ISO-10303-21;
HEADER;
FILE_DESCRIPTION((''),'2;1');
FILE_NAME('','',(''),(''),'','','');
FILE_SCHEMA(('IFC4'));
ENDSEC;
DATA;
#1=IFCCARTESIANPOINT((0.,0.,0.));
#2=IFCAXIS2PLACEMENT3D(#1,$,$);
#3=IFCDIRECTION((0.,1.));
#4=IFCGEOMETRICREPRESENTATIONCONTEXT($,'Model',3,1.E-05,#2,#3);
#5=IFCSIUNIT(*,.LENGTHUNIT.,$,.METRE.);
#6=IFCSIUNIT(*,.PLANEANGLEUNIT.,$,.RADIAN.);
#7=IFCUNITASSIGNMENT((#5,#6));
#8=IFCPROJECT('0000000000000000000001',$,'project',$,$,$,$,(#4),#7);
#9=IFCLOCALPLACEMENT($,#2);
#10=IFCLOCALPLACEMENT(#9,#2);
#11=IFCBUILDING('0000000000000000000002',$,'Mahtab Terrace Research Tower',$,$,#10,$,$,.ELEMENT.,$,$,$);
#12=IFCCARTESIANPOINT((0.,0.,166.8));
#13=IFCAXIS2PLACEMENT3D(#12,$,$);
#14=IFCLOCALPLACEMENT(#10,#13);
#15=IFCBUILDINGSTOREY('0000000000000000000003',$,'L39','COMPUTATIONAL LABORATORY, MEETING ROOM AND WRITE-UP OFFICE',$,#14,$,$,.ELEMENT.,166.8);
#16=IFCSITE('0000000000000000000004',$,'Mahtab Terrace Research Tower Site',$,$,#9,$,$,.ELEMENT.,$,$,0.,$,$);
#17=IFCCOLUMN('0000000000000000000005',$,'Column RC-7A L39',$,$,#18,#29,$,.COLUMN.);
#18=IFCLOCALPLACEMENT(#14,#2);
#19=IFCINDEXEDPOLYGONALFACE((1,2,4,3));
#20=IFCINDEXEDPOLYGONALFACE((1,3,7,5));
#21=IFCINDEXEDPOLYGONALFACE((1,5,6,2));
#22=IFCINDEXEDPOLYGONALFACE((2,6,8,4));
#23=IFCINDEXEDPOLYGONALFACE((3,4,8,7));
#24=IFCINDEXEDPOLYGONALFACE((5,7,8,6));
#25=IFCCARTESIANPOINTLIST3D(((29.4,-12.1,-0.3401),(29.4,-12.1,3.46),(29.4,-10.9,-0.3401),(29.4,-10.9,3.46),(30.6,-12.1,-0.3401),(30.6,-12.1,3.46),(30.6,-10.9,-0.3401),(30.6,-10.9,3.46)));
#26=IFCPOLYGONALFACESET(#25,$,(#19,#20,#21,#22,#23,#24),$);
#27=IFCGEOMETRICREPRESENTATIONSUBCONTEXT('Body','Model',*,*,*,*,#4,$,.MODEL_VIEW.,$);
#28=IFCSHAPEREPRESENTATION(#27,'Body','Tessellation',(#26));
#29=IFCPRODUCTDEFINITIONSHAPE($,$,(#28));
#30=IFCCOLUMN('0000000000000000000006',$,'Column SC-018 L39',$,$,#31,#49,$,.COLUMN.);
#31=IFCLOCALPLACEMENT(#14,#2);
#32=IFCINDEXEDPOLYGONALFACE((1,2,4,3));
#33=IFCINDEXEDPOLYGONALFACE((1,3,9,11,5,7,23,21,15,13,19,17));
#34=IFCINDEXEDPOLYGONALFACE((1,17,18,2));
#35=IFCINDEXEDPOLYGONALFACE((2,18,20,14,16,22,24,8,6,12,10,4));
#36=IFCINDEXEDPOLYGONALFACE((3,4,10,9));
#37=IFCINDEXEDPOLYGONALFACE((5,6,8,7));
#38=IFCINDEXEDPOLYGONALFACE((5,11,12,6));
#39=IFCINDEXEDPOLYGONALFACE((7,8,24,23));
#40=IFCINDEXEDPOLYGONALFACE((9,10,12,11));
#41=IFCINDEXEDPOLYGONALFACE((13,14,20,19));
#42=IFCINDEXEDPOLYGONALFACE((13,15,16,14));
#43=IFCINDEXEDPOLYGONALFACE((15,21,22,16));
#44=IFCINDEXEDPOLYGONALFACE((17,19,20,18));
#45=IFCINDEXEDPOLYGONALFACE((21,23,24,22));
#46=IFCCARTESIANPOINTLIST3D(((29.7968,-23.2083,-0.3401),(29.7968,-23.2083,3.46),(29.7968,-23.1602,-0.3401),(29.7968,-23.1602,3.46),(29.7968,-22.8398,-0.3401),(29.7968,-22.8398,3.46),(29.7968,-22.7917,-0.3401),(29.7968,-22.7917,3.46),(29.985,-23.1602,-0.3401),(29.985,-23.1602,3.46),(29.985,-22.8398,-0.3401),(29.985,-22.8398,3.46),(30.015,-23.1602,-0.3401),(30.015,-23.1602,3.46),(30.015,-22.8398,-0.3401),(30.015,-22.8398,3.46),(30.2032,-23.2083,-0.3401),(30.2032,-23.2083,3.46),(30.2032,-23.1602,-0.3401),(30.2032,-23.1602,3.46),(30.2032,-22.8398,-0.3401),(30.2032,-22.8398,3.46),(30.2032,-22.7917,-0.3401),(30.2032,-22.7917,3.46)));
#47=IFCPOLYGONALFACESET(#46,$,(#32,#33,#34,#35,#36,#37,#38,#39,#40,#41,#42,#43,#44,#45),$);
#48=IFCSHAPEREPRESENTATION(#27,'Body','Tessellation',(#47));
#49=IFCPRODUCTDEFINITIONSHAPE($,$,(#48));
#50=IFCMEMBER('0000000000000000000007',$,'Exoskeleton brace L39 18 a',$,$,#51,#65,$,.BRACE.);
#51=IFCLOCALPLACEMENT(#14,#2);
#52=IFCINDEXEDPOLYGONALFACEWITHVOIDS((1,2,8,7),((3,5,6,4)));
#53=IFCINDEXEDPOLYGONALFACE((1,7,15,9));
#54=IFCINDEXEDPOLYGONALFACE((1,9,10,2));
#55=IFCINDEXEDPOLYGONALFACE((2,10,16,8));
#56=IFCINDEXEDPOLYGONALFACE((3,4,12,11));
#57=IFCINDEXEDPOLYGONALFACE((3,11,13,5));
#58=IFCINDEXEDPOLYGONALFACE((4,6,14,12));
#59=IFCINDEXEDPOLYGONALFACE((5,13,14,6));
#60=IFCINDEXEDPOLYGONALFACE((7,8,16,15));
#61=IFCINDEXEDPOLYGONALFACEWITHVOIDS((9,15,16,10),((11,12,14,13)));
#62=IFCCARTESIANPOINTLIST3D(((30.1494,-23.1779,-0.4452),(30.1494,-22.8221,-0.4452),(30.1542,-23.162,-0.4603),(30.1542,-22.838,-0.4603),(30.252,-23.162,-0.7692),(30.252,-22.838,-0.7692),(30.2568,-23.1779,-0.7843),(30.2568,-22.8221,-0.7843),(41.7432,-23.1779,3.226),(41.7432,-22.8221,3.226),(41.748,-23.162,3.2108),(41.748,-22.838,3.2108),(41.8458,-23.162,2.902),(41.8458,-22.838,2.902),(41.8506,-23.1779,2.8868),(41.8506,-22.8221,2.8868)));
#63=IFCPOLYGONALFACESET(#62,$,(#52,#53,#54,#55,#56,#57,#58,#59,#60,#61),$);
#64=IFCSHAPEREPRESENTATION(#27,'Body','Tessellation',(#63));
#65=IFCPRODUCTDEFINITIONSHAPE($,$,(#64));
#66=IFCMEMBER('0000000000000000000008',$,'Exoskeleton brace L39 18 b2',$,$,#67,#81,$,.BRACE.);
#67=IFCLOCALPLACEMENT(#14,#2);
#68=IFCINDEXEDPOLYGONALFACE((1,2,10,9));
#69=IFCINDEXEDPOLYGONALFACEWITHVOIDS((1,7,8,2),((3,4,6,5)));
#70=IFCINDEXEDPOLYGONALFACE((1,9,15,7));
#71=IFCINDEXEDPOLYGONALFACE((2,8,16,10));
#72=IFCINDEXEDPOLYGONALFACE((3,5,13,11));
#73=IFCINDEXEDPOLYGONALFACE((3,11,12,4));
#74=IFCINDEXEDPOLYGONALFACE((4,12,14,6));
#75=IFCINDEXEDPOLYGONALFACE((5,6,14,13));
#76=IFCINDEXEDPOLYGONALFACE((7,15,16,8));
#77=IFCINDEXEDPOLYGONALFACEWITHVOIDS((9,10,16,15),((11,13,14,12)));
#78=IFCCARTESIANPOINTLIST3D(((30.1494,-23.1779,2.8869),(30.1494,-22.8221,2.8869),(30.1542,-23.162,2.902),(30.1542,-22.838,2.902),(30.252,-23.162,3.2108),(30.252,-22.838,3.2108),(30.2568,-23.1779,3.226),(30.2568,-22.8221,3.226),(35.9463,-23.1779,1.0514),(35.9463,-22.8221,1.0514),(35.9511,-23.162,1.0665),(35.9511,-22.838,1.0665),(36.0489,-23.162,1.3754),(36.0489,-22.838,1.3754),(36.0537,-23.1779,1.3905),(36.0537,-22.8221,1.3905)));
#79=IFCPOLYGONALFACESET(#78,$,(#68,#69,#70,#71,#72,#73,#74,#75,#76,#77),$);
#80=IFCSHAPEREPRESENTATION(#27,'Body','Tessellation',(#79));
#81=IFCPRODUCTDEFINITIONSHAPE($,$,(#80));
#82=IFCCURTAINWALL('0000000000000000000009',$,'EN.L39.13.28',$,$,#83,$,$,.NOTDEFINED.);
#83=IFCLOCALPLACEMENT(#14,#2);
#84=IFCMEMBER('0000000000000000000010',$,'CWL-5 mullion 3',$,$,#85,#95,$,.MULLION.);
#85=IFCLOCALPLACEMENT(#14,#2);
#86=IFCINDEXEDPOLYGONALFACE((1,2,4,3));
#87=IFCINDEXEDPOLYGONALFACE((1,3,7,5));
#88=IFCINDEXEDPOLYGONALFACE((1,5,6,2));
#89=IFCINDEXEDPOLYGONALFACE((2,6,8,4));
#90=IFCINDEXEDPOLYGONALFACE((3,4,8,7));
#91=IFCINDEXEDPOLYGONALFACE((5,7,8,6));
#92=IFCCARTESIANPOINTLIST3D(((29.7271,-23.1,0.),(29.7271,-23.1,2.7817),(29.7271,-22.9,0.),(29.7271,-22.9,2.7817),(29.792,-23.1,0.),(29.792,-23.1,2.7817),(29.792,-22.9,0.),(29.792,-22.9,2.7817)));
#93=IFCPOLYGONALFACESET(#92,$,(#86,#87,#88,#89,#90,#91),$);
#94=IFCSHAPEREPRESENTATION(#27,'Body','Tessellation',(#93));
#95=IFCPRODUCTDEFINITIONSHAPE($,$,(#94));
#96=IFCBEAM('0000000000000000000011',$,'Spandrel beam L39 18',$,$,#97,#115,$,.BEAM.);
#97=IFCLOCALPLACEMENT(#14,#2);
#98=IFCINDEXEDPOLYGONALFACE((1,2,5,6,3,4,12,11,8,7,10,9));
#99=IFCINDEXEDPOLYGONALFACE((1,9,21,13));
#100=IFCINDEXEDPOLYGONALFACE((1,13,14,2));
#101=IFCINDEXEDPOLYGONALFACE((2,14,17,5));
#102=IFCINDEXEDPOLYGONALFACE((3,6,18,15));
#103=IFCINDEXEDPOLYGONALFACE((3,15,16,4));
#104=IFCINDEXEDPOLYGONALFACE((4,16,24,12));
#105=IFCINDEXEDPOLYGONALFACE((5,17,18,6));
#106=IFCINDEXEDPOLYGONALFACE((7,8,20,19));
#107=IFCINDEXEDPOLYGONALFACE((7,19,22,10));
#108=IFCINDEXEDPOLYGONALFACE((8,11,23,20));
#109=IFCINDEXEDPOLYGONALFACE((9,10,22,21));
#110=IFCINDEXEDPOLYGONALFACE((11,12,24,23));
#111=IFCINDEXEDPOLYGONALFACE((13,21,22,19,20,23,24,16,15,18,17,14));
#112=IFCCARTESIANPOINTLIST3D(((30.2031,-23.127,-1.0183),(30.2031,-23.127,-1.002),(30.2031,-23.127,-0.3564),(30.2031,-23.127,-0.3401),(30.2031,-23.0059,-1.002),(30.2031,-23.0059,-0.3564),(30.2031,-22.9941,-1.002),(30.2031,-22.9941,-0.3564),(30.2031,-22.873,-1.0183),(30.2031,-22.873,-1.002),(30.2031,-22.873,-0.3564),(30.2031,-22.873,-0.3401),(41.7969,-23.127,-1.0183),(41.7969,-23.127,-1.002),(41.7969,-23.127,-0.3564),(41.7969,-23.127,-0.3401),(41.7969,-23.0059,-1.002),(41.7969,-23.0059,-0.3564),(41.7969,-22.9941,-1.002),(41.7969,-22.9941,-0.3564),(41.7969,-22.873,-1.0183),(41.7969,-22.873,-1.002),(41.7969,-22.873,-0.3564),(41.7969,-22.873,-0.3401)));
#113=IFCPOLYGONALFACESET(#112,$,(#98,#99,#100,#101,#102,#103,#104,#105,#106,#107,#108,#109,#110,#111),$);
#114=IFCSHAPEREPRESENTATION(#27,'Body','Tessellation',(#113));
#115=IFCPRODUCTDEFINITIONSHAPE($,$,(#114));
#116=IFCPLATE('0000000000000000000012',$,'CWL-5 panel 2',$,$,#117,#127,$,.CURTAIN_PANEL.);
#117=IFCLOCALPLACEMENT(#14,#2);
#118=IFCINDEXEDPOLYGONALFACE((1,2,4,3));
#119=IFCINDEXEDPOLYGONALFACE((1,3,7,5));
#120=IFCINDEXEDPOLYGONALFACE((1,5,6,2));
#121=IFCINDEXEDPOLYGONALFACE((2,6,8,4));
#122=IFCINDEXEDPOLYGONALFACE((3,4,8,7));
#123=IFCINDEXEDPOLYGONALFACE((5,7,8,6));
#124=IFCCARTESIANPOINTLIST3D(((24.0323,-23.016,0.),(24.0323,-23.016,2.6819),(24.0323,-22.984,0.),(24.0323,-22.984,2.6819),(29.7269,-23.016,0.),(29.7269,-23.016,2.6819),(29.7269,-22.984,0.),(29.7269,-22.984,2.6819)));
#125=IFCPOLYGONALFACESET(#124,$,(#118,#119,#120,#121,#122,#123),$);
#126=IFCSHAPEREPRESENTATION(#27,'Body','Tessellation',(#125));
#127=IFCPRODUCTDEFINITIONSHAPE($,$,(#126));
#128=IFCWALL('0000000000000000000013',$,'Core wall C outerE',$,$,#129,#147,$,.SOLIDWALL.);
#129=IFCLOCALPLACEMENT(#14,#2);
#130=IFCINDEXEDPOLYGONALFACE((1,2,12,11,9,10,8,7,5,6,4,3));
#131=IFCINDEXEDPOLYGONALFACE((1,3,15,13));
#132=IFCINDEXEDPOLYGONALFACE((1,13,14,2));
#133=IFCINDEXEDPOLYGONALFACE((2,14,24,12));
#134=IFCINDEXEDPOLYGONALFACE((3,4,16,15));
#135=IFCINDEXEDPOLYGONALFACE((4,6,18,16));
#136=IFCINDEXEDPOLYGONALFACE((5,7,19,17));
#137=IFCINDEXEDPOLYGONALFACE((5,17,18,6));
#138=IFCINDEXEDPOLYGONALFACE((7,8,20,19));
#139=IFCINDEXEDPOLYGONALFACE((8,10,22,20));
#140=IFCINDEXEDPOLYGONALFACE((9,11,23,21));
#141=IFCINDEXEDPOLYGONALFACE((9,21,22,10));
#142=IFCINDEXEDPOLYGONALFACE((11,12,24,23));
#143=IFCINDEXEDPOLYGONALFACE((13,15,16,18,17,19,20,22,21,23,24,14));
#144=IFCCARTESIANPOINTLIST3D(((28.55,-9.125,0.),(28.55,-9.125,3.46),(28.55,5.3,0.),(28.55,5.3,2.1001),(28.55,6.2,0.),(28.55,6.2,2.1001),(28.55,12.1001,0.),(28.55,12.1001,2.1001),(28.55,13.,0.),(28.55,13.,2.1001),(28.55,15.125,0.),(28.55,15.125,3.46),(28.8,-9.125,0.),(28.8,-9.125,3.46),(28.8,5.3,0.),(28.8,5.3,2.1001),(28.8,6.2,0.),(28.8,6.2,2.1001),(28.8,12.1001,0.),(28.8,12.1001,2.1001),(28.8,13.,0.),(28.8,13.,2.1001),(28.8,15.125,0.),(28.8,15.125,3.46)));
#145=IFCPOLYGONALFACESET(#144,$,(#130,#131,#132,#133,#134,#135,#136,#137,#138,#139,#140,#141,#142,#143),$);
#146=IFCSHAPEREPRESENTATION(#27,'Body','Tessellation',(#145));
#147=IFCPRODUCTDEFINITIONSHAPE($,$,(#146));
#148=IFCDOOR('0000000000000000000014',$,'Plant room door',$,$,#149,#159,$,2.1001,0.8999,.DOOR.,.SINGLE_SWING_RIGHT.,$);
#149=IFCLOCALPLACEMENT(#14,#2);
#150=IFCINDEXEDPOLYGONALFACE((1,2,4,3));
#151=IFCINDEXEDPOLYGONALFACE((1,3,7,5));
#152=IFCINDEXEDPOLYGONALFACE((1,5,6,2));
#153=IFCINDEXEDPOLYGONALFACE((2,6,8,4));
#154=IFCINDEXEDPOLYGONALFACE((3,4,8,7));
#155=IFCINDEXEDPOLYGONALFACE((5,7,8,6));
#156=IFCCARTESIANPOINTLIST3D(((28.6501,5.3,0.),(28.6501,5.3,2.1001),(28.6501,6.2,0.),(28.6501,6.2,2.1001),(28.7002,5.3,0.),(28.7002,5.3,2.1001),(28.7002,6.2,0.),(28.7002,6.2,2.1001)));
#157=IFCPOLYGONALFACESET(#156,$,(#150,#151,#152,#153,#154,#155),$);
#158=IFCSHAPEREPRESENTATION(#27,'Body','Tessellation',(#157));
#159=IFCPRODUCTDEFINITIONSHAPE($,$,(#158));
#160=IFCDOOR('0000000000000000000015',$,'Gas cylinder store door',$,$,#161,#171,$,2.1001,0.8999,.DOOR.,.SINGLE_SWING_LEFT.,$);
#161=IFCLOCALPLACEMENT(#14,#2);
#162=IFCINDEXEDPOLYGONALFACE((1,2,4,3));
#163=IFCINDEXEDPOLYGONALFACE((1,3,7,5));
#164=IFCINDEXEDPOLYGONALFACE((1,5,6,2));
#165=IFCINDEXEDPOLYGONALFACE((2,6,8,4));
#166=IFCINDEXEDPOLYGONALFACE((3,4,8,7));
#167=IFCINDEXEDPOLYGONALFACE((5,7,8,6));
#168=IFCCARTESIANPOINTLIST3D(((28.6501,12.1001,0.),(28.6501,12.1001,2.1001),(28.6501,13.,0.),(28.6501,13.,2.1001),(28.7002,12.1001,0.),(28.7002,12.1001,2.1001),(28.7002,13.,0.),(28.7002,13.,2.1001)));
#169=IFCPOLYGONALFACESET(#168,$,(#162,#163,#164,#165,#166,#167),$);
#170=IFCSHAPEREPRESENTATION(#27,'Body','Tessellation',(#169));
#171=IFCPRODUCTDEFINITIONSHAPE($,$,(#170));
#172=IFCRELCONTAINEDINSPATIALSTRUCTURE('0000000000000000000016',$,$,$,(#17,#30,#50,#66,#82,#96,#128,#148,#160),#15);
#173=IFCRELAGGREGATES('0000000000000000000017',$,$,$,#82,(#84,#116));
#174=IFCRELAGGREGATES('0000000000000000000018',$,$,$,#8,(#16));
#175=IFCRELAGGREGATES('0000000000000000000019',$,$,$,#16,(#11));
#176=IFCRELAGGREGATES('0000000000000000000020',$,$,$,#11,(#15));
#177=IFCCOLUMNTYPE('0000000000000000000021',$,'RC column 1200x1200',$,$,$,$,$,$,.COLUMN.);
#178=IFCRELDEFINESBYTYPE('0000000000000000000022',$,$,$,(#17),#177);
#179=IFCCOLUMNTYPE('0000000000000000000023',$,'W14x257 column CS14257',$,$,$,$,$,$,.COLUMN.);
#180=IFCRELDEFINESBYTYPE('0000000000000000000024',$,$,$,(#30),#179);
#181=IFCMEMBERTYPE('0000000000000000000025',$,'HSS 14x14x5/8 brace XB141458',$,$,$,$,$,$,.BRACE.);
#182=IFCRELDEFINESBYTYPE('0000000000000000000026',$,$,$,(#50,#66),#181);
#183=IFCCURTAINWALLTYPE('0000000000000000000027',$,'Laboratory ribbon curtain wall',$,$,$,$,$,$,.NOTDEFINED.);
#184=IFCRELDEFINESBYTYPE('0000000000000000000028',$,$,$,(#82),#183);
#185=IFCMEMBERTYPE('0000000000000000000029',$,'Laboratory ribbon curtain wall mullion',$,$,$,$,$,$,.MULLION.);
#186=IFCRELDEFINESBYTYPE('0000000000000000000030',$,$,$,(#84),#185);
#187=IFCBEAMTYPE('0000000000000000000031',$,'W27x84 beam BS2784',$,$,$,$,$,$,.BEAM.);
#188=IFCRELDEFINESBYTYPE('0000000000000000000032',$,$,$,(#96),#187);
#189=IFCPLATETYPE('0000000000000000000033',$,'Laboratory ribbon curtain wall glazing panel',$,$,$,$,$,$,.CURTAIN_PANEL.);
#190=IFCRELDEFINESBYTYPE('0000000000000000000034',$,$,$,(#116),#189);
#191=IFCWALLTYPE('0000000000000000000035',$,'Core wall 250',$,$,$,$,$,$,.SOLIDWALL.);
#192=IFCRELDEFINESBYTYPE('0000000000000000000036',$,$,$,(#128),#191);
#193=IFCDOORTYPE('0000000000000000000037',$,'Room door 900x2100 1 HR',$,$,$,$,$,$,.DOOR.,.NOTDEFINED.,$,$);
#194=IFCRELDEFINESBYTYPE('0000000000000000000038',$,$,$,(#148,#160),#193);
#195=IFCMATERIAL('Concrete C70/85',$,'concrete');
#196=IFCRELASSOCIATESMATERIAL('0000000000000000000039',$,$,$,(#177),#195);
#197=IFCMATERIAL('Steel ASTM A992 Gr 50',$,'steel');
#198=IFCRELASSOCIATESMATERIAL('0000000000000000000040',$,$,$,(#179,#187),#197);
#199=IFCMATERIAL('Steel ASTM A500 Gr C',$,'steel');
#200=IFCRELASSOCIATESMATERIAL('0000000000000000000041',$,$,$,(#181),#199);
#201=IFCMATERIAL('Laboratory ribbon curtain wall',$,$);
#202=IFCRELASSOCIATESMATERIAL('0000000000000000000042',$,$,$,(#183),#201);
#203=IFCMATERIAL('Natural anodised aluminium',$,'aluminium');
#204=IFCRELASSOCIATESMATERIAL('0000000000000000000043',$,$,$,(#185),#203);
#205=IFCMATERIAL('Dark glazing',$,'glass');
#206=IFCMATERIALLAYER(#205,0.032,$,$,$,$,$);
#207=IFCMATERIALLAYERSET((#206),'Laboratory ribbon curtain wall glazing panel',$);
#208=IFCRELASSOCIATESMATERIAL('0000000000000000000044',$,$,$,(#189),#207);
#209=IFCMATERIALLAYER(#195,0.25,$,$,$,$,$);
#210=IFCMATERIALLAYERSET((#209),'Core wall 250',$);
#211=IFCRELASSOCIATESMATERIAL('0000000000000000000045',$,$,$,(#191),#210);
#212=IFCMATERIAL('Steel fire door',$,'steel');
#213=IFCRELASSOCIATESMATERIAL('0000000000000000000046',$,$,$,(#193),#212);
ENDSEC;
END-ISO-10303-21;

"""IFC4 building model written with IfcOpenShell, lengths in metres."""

from ifc_helpers import new_model, si_unit, direction, frame, frame_2d, origin, origin_2d, place, context, subcontext, project, spatial, rectangle, hollow_rectangle, i_section, extrude, material, layer, layer_set, material_profile, profile_set, type_object, element, fill, aggregate, save


model = new_model("IFC4")

# Units and contexts
model_context = context("Model", 3, precision=1e-05, world=origin(), true_north=direction((0.0, 1.0)))
body_context = subcontext(model_context, "Body", "Model", "MODEL_VIEW")
ifc_project = project(units=[si_unit("LENGTHUNIT", "METRE"), si_unit("PLANEANGLEUNIT", "RADIAN")], contexts=[model_context])

# Site, building, storey
site_placement = place(None, origin())
site = spatial("IfcSite", under=ifc_project, at=site_placement, Name="Mahtab Terrace Research Tower Site", CompositionType="ELEMENT", RefElevation=0.0)
building_placement = place(site_placement, origin())
building = spatial("IfcBuilding", under=site, at=building_placement, Name="Mahtab Terrace Research Tower", CompositionType="ELEMENT")
storey_placement = place(building_placement, frame((0.0, 0.0, 166.8)))
storey = spatial("IfcBuildingStorey", under=building, at=storey_placement, Name="L39", Description="COMPUTATIONAL LABORATORY, MEETING ROOM AND WRITE-UP OFFICE", CompositionType="ELEMENT", Elevation=166.8)

# Columns
ifc_material_1 = material(Name="Concrete C70/85", Category="concrete")
ifc_material_profile_1 = material_profile(ifc_material_1, rectangle(XDim=1.2, YDim=1.2, at=origin_2d()), Name="RC column 1200x1200")
ifc_profile_set_1 = profile_set([ifc_material_profile_1], Name="Concrete C70/85")
column_type_1 = type_object("IfcColumnType", Name="RC column 1200x1200", PredefinedType="COLUMN", material=ifc_profile_set_1)
column_1_placement = place(storey_placement, frame((30.0, -11.5, -0.3401), z_axis=(0.0, 0.0, 1.0), x_axis=(1.0, 0.0, 0.0)))
element("IfcColumn", 1, at=column_1_placement, inside=storey, type_object=column_type_1, Name="Column RC-7A L39", PredefinedType="COLUMN", context=body_context, shape_type="SweptSolid", body=[
    extrude(rectangle(XDim=1.2, YDim=1.2, at=origin_2d()), origin(), (0.0, 0.0, 1.0), 3.8),
])
ifc_material_2 = material(Name="Steel ASTM A992 Gr 50", Category="steel")
ifc_material_profile_2 = material_profile(ifc_material_2, i_section(OverallWidth=0.4065, OverallDepth=0.4165, WebThickness=0.03, FlangeThickness=0.0481, at=origin_2d()), Name="W14X257")
ifc_profile_set_2 = profile_set([ifc_material_profile_2], Name="Steel ASTM A992 Gr 50")
column_type_2 = type_object("IfcColumnType", Name="W14x257 column CS14257", PredefinedType="COLUMN", material=ifc_profile_set_2)
column_2_placement = place(storey_placement, frame((30.0, -23.0, -0.3401), z_axis=(0.0, 0.0, 1.0), x_axis=(1.0, 0.0, 0.0)))
element("IfcColumn", 2, at=column_2_placement, inside=storey, type_object=column_type_2, Name="Column SC-018 L39", PredefinedType="COLUMN", context=body_context, shape_type="SweptSolid", body=[
    extrude(i_section(OverallWidth=0.4065, OverallDepth=0.4165, WebThickness=0.03, FlangeThickness=0.0481, at=origin_2d()), origin(), (0.0, 0.0, 1.0), 3.8),
])

# Members
ifc_material_3 = material(Name="Steel ASTM A500 Gr C", Category="steel")
ifc_material_profile_3 = material_profile(ifc_material_3, hollow_rectangle(XDim=0.3557, YDim=0.3557, WallThickness=0.0159, at=origin_2d()), Name="HSS14X14X5/8")
ifc_profile_set_3 = profile_set([ifc_material_profile_3], Name="Steel ASTM A500 Gr C")
member_type_1 = type_object("IfcMemberType", Name="HSS 14x14x5/8 brace XB141458", PredefinedType="BRACE", material=ifc_profile_set_3)
member_1_placement = place(storey_placement, frame((30.2031, -23.0, -0.6147), z_axis=(0.953347, 0.0, 0.301876), x_axis=(0.0, 1.0, 0.0)))
element("IfcMember", 3, at=member_1_placement, inside=storey, type_object=member_type_1, Name="Exoskeleton brace L39 18 a", PredefinedType="BRACE", context=body_context, shape_type="SweptSolid", body=[
    extrude(hollow_rectangle(XDim=0.3557, YDim=0.3557, WallThickness=0.0159, at=origin_2d()), origin(), (0.0, 0.0, 1.0), 12.1611),
])
member_2_placement = place(storey_placement, frame((36.0, -23.0, 1.2209), z_axis=(-0.953353, 0.0, 0.301858), x_axis=(0.0, -1.0, 0.0)))
element("IfcMember", 4, at=member_2_placement, inside=storey, type_object=member_type_1, Name="Exoskeleton brace L39 18 b2", PredefinedType="BRACE", context=body_context, shape_type="SweptSolid", body=[
    extrude(hollow_rectangle(XDim=0.3557, YDim=0.3557, WallThickness=0.0159, at=origin_2d()), origin(), (0.0, 0.0, 1.0), 6.0806),
])

# Curtain wall, member
ifc_material_4 = material(Name="Laboratory ribbon curtain wall")
curtain_wall_type = type_object("IfcCurtainWallType", Name="Laboratory ribbon curtain wall", PredefinedType="NOTDEFINED", material=ifc_material_4)
curtain_wall_placement = place(storey_placement, origin())
curtain_wall = element("IfcCurtainWall", 5, at=curtain_wall_placement, inside=storey, type_object=curtain_wall_type, Name="EN.L39.13.28", PredefinedType="NOTDEFINED")
ifc_material_5 = material(Name="Natural anodised aluminium", Category="aluminium")
ifc_material_profile_4 = material_profile(ifc_material_5, rectangle(XDim=0.2, YDim=0.0649, at=origin_2d()), Name="MULLION 65x200")
ifc_profile_set_4 = profile_set([ifc_material_profile_4], Name="Natural anodised aluminium")
member_type_2 = type_object("IfcMemberType", Name="Laboratory ribbon curtain wall mullion", PredefinedType="MULLION", material=ifc_profile_set_4)
member_3_placement = place(storey_placement, frame((29.7595, -23.0, 0.0), z_axis=(0.0, 0.0, 1.0), x_axis=(0.0, 1.0, 0.0)))
member_3 = element("IfcMember", 6, at=member_3_placement, type_object=member_type_2, Name="CWL-5 mullion 3", PredefinedType="MULLION", context=body_context, shape_type="SweptSolid", body=[
    extrude(rectangle(XDim=0.2, YDim=0.0649, at=origin_2d()), origin(), (0.0, 0.0, 1.0), 2.7817),
])

# Beam
ifc_material_profile_5 = material_profile(ifc_material_2, i_section(OverallWidth=0.2539, OverallDepth=0.6782, WebThickness=0.0117, FlangeThickness=0.0164, at=origin_2d()), Name="W27X84")
ifc_profile_set_5 = profile_set([ifc_material_profile_5], Name="Steel ASTM A992 Gr 50")
beam_type = type_object("IfcBeamType", Name="W27x84 beam BS2784", PredefinedType="BEAM", material=ifc_profile_set_5)
beam_placement = place(storey_placement, frame((30.2031, -23.0, -0.6792), z_axis=(1.0, 0.0, 0.0), x_axis=(0.0, 1.0, 0.0)))
element("IfcBeam", 7, at=beam_placement, inside=storey, type_object=beam_type, Name="Spandrel beam L39 18", PredefinedType="BEAM", context=body_context, shape_type="SweptSolid", body=[
    extrude(i_section(OverallWidth=0.2539, OverallDepth=0.6782, WebThickness=0.0117, FlangeThickness=0.0164, at=origin_2d()), origin(), (0.0, 0.0, 1.0), 11.5938),
])

# Plate
ifc_material_6 = material(Name="Dark glazing", Category="glass")
ifc_layer_1 = layer(ifc_material_6, 0.032)
ifc_layer_set_1 = layer_set([ifc_layer_1], Name="Laboratory ribbon curtain wall glazing panel")
plate_type = type_object("IfcPlateType", Name="Laboratory ribbon curtain wall glazing panel", PredefinedType="CURTAIN_PANEL", material=ifc_layer_set_1)
plate_placement = place(storey_placement, frame((26.8796, -23.0, 0.0), z_axis=(0.0, 0.0, 1.0), x_axis=(1.0, 0.0, 0.0)))
plate = element("IfcPlate", 8, at=plate_placement, type_object=plate_type, Name="CWL-5 panel 2", PredefinedType="CURTAIN_PANEL", context=body_context, shape_type="SweptSolid", body=[
    extrude(rectangle(XDim=5.6946, YDim=0.032, at=origin_2d()), origin(), (0.0, 0.0, 1.0), 2.6819),
])
aggregate(curtain_wall, [member_3, plate])

# Wall, openings, doors
ifc_layer_2 = layer(ifc_material_1, 0.25)
ifc_layer_set_2 = layer_set([ifc_layer_2], Name="Core wall 250")
wall_type_1 = type_object("IfcWallType", Name="Core wall 250", PredefinedType="SOLIDWALL", material=ifc_layer_set_2)
wall_1_placement = place(storey_placement, frame((28.675, -9.125, 0.0), z_axis=(0.0, 0.0, 1.0), x_axis=(0.0, 1.0, 0.0)))
wall_1 = element("IfcWall", 9, at=wall_1_placement, inside=storey, type_object=wall_type_1, Name="Core wall C outerE", PredefinedType="SOLIDWALL", context=body_context, shape_type="SweptSolid", body=[
    extrude(rectangle(XDim=24.25, YDim=0.25, at=frame_2d((12.125, 0.0))), origin(), (0.0, 0.0, 1.0), 3.46),
])
opening_1_placement = place(wall_1_placement, frame((14.425, 0.0, 0.0)))
opening_1 = element("IfcOpeningElement", 10, at=opening_1_placement, cuts=wall_1, PredefinedType="OPENING", context=body_context, shape_type="SweptSolid", body=[
    extrude(rectangle(XDim=0.8999, YDim=2.1001, at=frame_2d((0.45, 1.05))), frame((0.0, 0.135, 0.0), z_axis=(0.0, -1.0, 0.0), x_axis=(1.0, 0.0, 0.0)), (0.0, 0.0, 1.0), 0.27),
])
opening_2_placement = place(wall_1_placement, frame((21.2251, 0.0, 0.0)))
opening_2 = element("IfcOpeningElement", 11, at=opening_2_placement, cuts=wall_1, PredefinedType="OPENING", context=body_context, shape_type="SweptSolid", body=[
    extrude(rectangle(XDim=0.8999, YDim=2.1001, at=frame_2d((0.45, 1.05))), frame((0.0, 0.135, 0.0), z_axis=(0.0, -1.0, 0.0), x_axis=(1.0, 0.0, 0.0)), (0.0, 0.0, 1.0), 0.27),
])
ifc_material_7 = material(Name="Steel fire door", Category="steel")
door_type_1 = type_object("IfcDoorType", Name="Room door 900x2100 1 HR", OperationType="NOTDEFINED", PredefinedType="DOOR", material=ifc_material_7)
door_1_placement = place(opening_1_placement, origin())
door_1 = element("IfcDoor", 12, at=door_1_placement, inside=storey, type_object=door_type_1, Name="Plant room door", OperationType="SINGLE_SWING_RIGHT", OverallHeight=2.1001, OverallWidth=0.8999, PredefinedType="DOOR", context=body_context, shape_type="SweptSolid", body=[
    extrude(rectangle(XDim=0.8999, YDim=2.1001, at=frame_2d((0.45, 1.05))), frame((0.0, 0.0249, 0.0), z_axis=(0.0, -1.0, 0.0), x_axis=(1.0, 0.0, 0.0)), (0.0, 0.0, 1.0), 0.05),
])
fill(opening_1, door_1)
door_2_placement = place(opening_2_placement, origin())
door_2 = element("IfcDoor", 13, at=door_2_placement, inside=storey, type_object=door_type_1, Name="Gas cylinder store door", OperationType="SINGLE_SWING_LEFT", OverallHeight=2.1001, OverallWidth=0.8999, PredefinedType="DOOR", context=body_context, shape_type="SweptSolid", body=[
    extrude(rectangle(XDim=0.8999, YDim=2.1001, at=frame_2d((0.45, 1.05))), frame((0.0, 0.0249, 0.0), z_axis=(0.0, -1.0, 0.0), x_axis=(1.0, 0.0, 0.0)), (0.0, 0.0, 1.0), 0.05),
])
fill(opening_2, door_2)

save(model, "model.ifc")
